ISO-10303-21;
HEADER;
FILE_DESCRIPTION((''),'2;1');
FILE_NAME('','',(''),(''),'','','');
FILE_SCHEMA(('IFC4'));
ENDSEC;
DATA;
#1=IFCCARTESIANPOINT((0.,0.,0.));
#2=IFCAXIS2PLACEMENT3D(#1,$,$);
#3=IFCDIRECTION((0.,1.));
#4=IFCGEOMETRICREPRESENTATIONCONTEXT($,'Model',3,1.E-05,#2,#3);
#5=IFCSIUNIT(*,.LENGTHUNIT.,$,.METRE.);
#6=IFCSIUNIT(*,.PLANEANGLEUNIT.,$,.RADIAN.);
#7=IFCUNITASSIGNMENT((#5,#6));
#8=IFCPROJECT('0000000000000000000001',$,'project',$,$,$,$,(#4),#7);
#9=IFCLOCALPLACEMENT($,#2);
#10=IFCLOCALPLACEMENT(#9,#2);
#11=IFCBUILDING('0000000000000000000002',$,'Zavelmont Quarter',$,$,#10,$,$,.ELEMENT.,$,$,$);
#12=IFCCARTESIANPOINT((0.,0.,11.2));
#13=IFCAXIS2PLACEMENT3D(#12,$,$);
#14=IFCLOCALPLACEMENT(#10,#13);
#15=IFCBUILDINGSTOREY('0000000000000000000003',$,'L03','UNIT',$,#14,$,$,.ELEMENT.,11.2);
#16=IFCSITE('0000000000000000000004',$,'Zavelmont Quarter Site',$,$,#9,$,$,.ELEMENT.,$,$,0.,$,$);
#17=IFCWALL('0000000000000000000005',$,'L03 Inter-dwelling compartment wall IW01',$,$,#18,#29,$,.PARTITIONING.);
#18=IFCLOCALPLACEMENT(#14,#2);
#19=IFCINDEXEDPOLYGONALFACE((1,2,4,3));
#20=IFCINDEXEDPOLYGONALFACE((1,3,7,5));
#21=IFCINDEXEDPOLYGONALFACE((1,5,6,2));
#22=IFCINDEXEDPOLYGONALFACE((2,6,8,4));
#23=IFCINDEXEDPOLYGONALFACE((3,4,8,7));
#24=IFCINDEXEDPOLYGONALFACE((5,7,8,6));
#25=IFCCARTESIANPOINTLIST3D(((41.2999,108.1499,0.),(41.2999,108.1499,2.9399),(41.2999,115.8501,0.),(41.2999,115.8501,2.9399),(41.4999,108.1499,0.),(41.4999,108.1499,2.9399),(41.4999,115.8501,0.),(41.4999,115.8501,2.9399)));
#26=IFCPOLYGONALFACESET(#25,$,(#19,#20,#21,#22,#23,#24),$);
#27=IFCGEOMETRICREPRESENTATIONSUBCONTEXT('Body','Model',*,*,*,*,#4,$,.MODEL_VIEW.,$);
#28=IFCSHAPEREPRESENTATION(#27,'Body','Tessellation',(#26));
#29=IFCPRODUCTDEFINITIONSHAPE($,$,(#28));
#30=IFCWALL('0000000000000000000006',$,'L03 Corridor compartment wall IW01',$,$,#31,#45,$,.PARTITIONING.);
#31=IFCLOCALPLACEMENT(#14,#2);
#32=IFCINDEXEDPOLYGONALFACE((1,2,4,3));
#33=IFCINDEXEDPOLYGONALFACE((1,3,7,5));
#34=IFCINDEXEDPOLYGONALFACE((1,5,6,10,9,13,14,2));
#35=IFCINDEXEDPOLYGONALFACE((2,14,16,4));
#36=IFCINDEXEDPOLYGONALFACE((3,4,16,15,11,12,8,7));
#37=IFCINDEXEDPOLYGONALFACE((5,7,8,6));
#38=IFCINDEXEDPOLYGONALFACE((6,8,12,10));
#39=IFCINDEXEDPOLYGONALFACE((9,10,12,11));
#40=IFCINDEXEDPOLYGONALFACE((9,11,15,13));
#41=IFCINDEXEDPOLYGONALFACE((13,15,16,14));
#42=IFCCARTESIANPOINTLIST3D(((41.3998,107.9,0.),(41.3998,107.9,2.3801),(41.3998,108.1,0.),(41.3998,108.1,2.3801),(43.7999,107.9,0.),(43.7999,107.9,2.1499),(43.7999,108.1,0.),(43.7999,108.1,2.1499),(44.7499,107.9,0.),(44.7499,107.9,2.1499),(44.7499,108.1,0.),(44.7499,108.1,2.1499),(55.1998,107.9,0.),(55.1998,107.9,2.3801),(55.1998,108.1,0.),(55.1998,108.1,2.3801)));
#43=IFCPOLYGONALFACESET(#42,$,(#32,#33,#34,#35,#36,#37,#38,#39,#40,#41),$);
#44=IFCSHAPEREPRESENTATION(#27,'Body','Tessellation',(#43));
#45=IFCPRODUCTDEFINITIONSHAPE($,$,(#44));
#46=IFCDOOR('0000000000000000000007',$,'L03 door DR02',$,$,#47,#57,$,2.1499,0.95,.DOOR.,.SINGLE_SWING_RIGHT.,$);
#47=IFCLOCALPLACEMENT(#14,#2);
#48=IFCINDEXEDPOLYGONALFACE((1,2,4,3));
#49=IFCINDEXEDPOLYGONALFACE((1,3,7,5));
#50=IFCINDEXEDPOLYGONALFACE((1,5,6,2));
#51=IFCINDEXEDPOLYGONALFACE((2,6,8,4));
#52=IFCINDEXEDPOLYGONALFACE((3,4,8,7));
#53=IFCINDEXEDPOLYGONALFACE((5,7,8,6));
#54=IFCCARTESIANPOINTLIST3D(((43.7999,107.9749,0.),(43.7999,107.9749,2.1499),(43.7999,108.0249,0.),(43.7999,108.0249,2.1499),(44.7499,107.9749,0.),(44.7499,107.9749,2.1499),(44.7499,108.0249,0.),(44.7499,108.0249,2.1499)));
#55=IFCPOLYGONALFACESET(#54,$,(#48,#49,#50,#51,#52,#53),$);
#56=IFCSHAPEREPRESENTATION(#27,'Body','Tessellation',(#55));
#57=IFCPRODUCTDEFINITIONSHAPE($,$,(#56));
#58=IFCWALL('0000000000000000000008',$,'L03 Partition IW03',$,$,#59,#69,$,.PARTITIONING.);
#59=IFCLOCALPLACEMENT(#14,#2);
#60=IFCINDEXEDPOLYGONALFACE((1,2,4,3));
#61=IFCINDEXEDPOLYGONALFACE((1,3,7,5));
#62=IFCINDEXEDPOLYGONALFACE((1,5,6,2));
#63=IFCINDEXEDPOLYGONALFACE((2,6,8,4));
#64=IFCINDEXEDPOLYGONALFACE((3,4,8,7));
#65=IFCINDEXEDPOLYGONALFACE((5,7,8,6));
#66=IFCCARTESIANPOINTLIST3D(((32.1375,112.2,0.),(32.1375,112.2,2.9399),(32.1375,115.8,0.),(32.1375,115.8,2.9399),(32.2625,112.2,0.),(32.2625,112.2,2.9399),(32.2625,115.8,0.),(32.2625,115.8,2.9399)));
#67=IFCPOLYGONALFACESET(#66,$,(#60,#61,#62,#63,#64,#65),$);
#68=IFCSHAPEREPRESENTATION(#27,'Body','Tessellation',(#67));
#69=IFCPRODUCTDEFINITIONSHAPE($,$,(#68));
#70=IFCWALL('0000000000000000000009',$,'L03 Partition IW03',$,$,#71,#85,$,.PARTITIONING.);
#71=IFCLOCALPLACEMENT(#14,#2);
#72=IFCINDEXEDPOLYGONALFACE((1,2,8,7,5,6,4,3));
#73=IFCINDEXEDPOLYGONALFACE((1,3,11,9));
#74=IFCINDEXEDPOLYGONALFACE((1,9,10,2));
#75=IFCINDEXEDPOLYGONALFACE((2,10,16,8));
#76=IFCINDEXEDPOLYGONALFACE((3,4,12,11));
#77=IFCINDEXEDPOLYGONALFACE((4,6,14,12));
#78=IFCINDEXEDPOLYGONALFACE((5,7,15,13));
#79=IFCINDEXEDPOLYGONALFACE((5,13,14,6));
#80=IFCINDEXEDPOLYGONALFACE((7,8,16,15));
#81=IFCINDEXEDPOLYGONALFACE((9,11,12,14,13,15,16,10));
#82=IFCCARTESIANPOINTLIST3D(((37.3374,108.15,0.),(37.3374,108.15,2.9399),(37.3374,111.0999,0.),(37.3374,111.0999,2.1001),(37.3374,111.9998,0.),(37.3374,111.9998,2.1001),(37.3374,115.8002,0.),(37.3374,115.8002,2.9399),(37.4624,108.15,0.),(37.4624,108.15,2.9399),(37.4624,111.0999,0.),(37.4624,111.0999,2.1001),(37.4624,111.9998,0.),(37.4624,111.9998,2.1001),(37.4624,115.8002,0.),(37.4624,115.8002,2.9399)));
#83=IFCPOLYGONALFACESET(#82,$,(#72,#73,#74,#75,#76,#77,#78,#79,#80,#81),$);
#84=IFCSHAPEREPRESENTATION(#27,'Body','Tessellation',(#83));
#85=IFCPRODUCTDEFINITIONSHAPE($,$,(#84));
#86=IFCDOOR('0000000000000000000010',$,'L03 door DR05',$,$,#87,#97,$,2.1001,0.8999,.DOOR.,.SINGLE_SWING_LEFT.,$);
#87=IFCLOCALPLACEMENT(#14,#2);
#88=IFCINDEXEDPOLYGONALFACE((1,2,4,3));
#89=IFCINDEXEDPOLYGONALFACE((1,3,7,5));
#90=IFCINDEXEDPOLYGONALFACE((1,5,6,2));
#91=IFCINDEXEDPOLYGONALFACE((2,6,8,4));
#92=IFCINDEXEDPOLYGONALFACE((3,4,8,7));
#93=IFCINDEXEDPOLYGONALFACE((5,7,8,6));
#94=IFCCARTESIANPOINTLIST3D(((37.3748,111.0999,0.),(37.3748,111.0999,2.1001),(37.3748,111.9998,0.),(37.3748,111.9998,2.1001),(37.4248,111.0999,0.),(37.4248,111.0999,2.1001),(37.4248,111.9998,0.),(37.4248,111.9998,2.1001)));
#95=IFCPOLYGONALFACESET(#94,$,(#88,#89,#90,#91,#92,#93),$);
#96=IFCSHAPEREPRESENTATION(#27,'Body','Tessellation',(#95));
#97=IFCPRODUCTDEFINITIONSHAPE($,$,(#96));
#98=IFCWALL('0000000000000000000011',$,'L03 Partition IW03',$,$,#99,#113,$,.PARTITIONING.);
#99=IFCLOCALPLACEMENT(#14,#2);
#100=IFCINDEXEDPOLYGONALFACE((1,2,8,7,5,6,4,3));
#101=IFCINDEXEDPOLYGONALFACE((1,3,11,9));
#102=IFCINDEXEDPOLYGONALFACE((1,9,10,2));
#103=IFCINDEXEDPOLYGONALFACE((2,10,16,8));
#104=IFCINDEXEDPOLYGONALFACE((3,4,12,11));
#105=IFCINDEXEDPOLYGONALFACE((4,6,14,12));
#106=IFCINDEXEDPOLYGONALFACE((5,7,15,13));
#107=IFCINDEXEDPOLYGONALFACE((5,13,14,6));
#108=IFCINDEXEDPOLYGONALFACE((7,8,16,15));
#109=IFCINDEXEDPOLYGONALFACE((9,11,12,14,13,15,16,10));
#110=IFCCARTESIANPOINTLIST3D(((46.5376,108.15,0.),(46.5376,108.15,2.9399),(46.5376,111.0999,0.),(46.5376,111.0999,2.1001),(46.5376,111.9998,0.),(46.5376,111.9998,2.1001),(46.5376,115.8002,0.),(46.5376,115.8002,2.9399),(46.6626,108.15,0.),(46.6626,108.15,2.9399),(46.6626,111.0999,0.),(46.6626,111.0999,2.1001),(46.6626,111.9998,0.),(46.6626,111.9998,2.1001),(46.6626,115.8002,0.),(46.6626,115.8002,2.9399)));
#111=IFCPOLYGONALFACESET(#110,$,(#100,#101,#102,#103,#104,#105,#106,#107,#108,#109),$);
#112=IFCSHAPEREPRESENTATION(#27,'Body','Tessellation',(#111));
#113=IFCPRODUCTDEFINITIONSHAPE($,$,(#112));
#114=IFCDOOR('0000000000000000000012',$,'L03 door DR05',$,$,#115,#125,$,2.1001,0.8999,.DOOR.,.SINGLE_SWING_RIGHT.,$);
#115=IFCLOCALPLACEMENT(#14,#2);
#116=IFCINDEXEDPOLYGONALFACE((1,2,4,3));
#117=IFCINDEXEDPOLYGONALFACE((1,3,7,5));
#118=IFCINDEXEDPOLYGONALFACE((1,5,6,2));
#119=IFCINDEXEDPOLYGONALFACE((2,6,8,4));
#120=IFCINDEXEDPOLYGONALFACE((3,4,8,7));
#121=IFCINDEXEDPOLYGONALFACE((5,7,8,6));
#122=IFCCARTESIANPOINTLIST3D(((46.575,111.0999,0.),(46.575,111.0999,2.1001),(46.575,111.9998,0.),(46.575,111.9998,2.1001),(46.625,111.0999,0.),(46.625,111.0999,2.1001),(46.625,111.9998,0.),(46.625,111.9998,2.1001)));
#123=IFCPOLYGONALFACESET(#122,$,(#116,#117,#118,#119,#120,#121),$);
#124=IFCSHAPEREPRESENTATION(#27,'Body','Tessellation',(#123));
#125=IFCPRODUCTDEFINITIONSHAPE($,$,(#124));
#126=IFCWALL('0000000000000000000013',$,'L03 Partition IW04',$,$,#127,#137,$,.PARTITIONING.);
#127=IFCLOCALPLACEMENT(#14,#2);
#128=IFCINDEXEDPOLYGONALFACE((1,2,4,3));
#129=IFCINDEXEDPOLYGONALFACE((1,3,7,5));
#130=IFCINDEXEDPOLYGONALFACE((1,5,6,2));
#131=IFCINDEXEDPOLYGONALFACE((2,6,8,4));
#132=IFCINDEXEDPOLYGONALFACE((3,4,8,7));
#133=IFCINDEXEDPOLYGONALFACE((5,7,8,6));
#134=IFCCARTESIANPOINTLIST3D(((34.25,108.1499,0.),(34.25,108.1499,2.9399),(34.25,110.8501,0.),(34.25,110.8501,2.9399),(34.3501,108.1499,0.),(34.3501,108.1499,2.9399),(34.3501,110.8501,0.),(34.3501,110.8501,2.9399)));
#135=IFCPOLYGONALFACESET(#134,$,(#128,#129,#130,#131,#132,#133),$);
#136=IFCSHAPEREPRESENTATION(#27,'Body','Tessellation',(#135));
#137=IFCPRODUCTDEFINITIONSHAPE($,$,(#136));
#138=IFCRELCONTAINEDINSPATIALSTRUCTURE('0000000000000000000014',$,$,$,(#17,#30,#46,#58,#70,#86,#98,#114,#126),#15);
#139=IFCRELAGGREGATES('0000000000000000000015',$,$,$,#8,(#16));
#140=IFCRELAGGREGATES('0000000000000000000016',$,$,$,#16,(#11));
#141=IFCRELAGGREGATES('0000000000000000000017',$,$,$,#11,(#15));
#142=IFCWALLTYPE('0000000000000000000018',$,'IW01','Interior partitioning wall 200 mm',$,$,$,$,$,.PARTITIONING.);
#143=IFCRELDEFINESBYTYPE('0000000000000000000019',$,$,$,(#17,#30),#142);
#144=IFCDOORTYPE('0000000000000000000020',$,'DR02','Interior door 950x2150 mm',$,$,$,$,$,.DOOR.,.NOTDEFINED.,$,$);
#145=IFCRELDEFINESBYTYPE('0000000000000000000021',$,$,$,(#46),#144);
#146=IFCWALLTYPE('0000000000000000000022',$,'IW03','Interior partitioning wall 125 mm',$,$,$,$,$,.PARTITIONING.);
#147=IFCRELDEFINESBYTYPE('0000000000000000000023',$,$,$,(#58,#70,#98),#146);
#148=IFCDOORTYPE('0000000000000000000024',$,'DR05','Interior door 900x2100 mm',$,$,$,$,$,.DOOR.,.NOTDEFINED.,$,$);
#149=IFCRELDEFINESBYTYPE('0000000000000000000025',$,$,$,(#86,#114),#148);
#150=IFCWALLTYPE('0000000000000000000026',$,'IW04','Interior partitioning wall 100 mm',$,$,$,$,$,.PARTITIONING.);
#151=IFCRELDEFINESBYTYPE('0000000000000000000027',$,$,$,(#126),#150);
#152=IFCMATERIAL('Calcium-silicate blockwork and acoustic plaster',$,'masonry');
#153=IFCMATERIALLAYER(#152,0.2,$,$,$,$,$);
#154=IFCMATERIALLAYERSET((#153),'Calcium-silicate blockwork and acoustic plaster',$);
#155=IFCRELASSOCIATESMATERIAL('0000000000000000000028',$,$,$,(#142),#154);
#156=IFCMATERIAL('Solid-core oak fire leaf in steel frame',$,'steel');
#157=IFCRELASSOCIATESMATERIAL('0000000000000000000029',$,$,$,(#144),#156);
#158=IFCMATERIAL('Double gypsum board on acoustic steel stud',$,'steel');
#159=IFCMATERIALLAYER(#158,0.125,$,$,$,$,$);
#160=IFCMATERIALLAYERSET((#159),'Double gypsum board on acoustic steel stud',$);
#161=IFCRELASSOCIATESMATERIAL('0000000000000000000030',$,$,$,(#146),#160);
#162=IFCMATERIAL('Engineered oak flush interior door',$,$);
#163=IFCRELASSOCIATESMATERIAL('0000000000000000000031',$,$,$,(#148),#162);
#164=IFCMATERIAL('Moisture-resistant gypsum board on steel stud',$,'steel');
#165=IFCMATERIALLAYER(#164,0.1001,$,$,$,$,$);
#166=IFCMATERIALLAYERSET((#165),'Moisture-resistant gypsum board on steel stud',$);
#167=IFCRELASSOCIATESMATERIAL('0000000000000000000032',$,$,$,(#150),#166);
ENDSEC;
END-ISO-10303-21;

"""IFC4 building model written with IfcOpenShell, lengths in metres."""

from ifc_helpers import new_model, si_unit, direction, frame, frame_2d, origin, origin_with_axes, place, context, subcontext, project, spatial, rectangle, extrude, material, layer, layer_set, type_object, element, fill, save


model = new_model("IFC4")

# Units and contexts
model_context = context("Model", 3, precision=1e-05, world=origin(), true_north=direction((0.0, 1.0)))
body_context = subcontext(model_context, "Body", "Model", "MODEL_VIEW")
ifc_project = project(units=[si_unit("LENGTHUNIT", "METRE"), si_unit("PLANEANGLEUNIT", "RADIAN")], contexts=[model_context])

# Site, building, storey
site_placement = place(None, origin())
site = spatial("IfcSite", under=ifc_project, at=site_placement, Name="Zavelmont Quarter Site", CompositionType="ELEMENT", RefElevation=0.0)
building_placement = place(site_placement, origin())
building = spatial("IfcBuilding", under=site, at=building_placement, Name="Zavelmont Quarter", CompositionType="ELEMENT")
storey_placement = place(building_placement, frame((0.0, 0.0, 11.2)))
storey = spatial("IfcBuildingStorey", under=building, at=storey_placement, Name="L03", Description="UNIT", CompositionType="ELEMENT", Elevation=11.2)

# Wall
ifc_material_1 = material(Name="Calcium-silicate blockwork and acoustic plaster", Category="masonry")
ifc_layer_1 = layer(ifc_material_1, 0.2)
ifc_layer_set_1 = layer_set([ifc_layer_1], Name="Calcium-silicate blockwork and acoustic plaster")
wall_type_1 = type_object("IfcWallType", Name="IW01", Description="Interior partitioning wall 200 mm", PredefinedType="PARTITIONING", material=ifc_layer_set_1)
wall_1_placement = place(storey_placement, frame((41.3999, 108.1499, 0.0), z_axis=(0.0, 0.0, 1.0), x_axis=(0.0, 1.0, 0.0)))
element("IfcWall", 1, at=wall_1_placement, inside=storey, type_object=wall_type_1, Name="L03 Inter-dwelling compartment wall IW01", PredefinedType="PARTITIONING", context=body_context, shape_type="SweptSolid", body=[
    extrude(rectangle(XDim=7.7002, YDim=0.2, at=frame_2d((3.8501, 0.0))), origin(), (0.0, 0.0, 1.0), 2.9399),
])

# Wall, opening, door
wall_2_placement = place(storey_placement, frame((41.3999, 108.0, 0.0), z_axis=(0.0, 0.0, 1.0), x_axis=(1.0, 0.0, 0.0)))
wall_2 = element("IfcWall", 2, at=wall_2_placement, inside=storey, type_object=wall_type_1, Name="L03 Corridor compartment wall IW01", PredefinedType="PARTITIONING", context=body_context, shape_type="SweptSolid", body=[
    extrude(rectangle(XDim=13.8, YDim=0.2, at=frame_2d((6.8999, 0.0))), origin(), (0.0, 0.0, 1.0), 2.3801),
])
opening_1_placement = place(wall_2_placement, frame((2.3999, 0.0, 0.0)))
opening_1 = element("IfcOpeningElement", 3, at=opening_1_placement, cuts=wall_2, PredefinedType="OPENING", context=body_context, shape_type="SweptSolid", body=[
    extrude(rectangle(XDim=0.95, YDim=2.1499, at=frame_2d((0.4751, 1.075))), frame((0.0, 0.1118, 0.0), z_axis=(0.0, -1.0, 0.0), x_axis=(1.0, 0.0, 0.0)), (0.0, 0.0, 1.0), 0.2239),
])
ifc_material_2 = material(Name="Solid-core oak fire leaf in steel frame", Category="steel")
door_type_1 = type_object("IfcDoorType", Name="DR02", Description="Interior door 950x2150 mm", OperationType="NOTDEFINED", PredefinedType="DOOR", material=ifc_material_2)
door_1_placement = place(opening_1_placement, origin_with_axes())
door_1 = element("IfcDoor", 4, at=door_1_placement, inside=storey, type_object=door_type_1, Name="L03 door DR02", OperationType="SINGLE_SWING_RIGHT", OverallHeight=2.1499, OverallWidth=0.95, PredefinedType="DOOR", context=body_context, shape_type="SweptSolid", body=[
    extrude(rectangle(XDim=0.95, YDim=2.1499, at=frame_2d((0.4751, 1.075))), frame((0.0, 0.0249, 0.0), z_axis=(0.0, -1.0, 0.0), x_axis=(1.0, 0.0, 0.0)), (0.0, 0.0, 1.0), 0.05),
])
fill(opening_1, door_1)

# Wall
ifc_material_3 = material(Name="Double gypsum board on acoustic steel stud", Category="steel")
ifc_layer_2 = layer(ifc_material_3, 0.125)
ifc_layer_set_2 = layer_set([ifc_layer_2], Name="Double gypsum board on acoustic steel stud")
wall_type_2 = type_object("IfcWallType", Name="IW03", Description="Interior partitioning wall 125 mm", PredefinedType="PARTITIONING", material=ifc_layer_set_2)
wall_3_placement = place(storey_placement, frame((32.2, 112.2, 0.0), z_axis=(0.0, 0.0, 1.0), x_axis=(0.0, 1.0, 0.0)))
element("IfcWall", 5, at=wall_3_placement, inside=storey, type_object=wall_type_2, Name="L03 Partition IW03", PredefinedType="PARTITIONING", context=body_context, shape_type="SweptSolid", body=[
    extrude(rectangle(XDim=3.6001, YDim=0.125, at=frame_2d((1.8, 0.0))), origin(), (0.0, 0.0, 1.0), 2.9399),
])

# Walls, openings, doors
wall_4_placement = place(storey_placement, frame((37.3999, 108.1499, 0.0), z_axis=(0.0, 0.0, 1.0), x_axis=(0.0, 1.0, 0.0)))
wall_4 = element("IfcWall", 6, at=wall_4_placement, inside=storey, type_object=wall_type_2, Name="L03 Partition IW03", PredefinedType="PARTITIONING", context=body_context, shape_type="SweptSolid", body=[
    extrude(rectangle(XDim=7.6501, YDim=0.125, at=frame_2d((3.8252, 0.0))), origin(), (0.0, 0.0, 1.0), 2.9399),
])
opening_2_placement = place(wall_4_placement, frame((2.95, 0.0, 0.0)))
opening_2 = element("IfcOpeningElement", 7, at=opening_2_placement, cuts=wall_4, PredefinedType="OPENING", context=body_context, shape_type="SweptSolid", body=[
    extrude(rectangle(XDim=0.8999, YDim=2.1001, at=frame_2d((0.45, 1.05))), frame((0.0, 0.0745, 0.0), z_axis=(0.0, -1.0, 0.0), x_axis=(1.0, 0.0, 0.0)), (0.0, 0.0, 1.0), 0.1489),
])
ifc_material_4 = material(Name="Engineered oak flush interior door")
door_type_2 = type_object("IfcDoorType", Name="DR05", Description="Interior door 900x2100 mm", OperationType="NOTDEFINED", PredefinedType="DOOR", material=ifc_material_4)
door_2_placement = place(opening_2_placement, frame((0.8999, 0.0, 0.0), z_axis=(0.0, 0.0, 1.0), x_axis=(-1.0, 0.0, 0.0)))
door_2 = element("IfcDoor", 8, at=door_2_placement, inside=storey, type_object=door_type_2, Name="L03 door DR05", OperationType="SINGLE_SWING_LEFT", OverallHeight=2.1001, OverallWidth=0.8999, PredefinedType="DOOR", context=body_context, shape_type="SweptSolid", body=[
    extrude(rectangle(XDim=0.8999, YDim=2.1001, at=frame_2d((0.45, 1.05))), frame((0.0, 0.0249, 0.0), z_axis=(0.0, -1.0, 0.0), x_axis=(1.0, 0.0, 0.0)), (0.0, 0.0, 1.0), 0.05),
])
fill(opening_2, door_2)
wall_5_placement = place(storey_placement, frame((46.6001, 108.1499, 0.0), z_axis=(0.0, 0.0, 1.0), x_axis=(0.0, 1.0, 0.0)))
wall_5 = element("IfcWall", 9, at=wall_5_placement, inside=storey, type_object=wall_type_2, Name="L03 Partition IW03", PredefinedType="PARTITIONING", context=body_context, shape_type="SweptSolid", body=[
    extrude(rectangle(XDim=7.6501, YDim=0.125, at=frame_2d((3.8252, 0.0))), origin(), (0.0, 0.0, 1.0), 2.9399),
])
opening_3_placement = place(wall_5_placement, frame((2.95, 0.0, 0.0)))
opening_3 = element("IfcOpeningElement", 10, at=opening_3_placement, cuts=wall_5, PredefinedType="OPENING", context=body_context, shape_type="SweptSolid", body=[
    extrude(rectangle(XDim=0.8999, YDim=2.1001, at=frame_2d((0.45, 1.05))), frame((0.0, 0.0745, 0.0), z_axis=(0.0, -1.0, 0.0), x_axis=(1.0, 0.0, 0.0)), (0.0, 0.0, 1.0), 0.1489),
])
door_3_placement = place(opening_3_placement, frame((0.8999, 0.0, 0.0), z_axis=(0.0, 0.0, 1.0), x_axis=(-1.0, 0.0, 0.0)))
door_3 = element("IfcDoor", 11, at=door_3_placement, inside=storey, type_object=door_type_2, Name="L03 door DR05", OperationType="SINGLE_SWING_RIGHT", OverallHeight=2.1001, OverallWidth=0.8999, PredefinedType="DOOR", context=body_context, shape_type="SweptSolid", body=[
    extrude(rectangle(XDim=0.8999, YDim=2.1001, at=frame_2d((0.45, 1.05))), frame((0.0, 0.0249, 0.0), z_axis=(0.0, -1.0, 0.0), x_axis=(1.0, 0.0, 0.0)), (0.0, 0.0, 1.0), 0.05),
])
fill(opening_3, door_3)

# Wall
ifc_material_5 = material(Name="Moisture-resistant gypsum board on steel stud", Category="steel")
ifc_layer_3 = layer(ifc_material_5, 0.1001)
ifc_layer_set_3 = layer_set([ifc_layer_3], Name="Moisture-resistant gypsum board on steel stud")
wall_type_3 = type_object("IfcWallType", Name="IW04", Description="Interior partitioning wall 100 mm", PredefinedType="PARTITIONING", material=ifc_layer_set_3)
wall_6_placement = place(storey_placement, frame((34.3, 108.1499, 0.0), z_axis=(0.0, 0.0, 1.0), x_axis=(0.0, 1.0, 0.0)))
element("IfcWall", 12, at=wall_6_placement, inside=storey, type_object=wall_type_3, Name="L03 Partition IW04", PredefinedType="PARTITIONING", context=body_context, shape_type="SweptSolid", body=[
    extrude(rectangle(XDim=2.7002, YDim=0.1001, at=frame_2d((1.3501, 0.0))), origin(), (0.0, 0.0, 1.0), 2.9399),
])

save(model, "model.ifc")
